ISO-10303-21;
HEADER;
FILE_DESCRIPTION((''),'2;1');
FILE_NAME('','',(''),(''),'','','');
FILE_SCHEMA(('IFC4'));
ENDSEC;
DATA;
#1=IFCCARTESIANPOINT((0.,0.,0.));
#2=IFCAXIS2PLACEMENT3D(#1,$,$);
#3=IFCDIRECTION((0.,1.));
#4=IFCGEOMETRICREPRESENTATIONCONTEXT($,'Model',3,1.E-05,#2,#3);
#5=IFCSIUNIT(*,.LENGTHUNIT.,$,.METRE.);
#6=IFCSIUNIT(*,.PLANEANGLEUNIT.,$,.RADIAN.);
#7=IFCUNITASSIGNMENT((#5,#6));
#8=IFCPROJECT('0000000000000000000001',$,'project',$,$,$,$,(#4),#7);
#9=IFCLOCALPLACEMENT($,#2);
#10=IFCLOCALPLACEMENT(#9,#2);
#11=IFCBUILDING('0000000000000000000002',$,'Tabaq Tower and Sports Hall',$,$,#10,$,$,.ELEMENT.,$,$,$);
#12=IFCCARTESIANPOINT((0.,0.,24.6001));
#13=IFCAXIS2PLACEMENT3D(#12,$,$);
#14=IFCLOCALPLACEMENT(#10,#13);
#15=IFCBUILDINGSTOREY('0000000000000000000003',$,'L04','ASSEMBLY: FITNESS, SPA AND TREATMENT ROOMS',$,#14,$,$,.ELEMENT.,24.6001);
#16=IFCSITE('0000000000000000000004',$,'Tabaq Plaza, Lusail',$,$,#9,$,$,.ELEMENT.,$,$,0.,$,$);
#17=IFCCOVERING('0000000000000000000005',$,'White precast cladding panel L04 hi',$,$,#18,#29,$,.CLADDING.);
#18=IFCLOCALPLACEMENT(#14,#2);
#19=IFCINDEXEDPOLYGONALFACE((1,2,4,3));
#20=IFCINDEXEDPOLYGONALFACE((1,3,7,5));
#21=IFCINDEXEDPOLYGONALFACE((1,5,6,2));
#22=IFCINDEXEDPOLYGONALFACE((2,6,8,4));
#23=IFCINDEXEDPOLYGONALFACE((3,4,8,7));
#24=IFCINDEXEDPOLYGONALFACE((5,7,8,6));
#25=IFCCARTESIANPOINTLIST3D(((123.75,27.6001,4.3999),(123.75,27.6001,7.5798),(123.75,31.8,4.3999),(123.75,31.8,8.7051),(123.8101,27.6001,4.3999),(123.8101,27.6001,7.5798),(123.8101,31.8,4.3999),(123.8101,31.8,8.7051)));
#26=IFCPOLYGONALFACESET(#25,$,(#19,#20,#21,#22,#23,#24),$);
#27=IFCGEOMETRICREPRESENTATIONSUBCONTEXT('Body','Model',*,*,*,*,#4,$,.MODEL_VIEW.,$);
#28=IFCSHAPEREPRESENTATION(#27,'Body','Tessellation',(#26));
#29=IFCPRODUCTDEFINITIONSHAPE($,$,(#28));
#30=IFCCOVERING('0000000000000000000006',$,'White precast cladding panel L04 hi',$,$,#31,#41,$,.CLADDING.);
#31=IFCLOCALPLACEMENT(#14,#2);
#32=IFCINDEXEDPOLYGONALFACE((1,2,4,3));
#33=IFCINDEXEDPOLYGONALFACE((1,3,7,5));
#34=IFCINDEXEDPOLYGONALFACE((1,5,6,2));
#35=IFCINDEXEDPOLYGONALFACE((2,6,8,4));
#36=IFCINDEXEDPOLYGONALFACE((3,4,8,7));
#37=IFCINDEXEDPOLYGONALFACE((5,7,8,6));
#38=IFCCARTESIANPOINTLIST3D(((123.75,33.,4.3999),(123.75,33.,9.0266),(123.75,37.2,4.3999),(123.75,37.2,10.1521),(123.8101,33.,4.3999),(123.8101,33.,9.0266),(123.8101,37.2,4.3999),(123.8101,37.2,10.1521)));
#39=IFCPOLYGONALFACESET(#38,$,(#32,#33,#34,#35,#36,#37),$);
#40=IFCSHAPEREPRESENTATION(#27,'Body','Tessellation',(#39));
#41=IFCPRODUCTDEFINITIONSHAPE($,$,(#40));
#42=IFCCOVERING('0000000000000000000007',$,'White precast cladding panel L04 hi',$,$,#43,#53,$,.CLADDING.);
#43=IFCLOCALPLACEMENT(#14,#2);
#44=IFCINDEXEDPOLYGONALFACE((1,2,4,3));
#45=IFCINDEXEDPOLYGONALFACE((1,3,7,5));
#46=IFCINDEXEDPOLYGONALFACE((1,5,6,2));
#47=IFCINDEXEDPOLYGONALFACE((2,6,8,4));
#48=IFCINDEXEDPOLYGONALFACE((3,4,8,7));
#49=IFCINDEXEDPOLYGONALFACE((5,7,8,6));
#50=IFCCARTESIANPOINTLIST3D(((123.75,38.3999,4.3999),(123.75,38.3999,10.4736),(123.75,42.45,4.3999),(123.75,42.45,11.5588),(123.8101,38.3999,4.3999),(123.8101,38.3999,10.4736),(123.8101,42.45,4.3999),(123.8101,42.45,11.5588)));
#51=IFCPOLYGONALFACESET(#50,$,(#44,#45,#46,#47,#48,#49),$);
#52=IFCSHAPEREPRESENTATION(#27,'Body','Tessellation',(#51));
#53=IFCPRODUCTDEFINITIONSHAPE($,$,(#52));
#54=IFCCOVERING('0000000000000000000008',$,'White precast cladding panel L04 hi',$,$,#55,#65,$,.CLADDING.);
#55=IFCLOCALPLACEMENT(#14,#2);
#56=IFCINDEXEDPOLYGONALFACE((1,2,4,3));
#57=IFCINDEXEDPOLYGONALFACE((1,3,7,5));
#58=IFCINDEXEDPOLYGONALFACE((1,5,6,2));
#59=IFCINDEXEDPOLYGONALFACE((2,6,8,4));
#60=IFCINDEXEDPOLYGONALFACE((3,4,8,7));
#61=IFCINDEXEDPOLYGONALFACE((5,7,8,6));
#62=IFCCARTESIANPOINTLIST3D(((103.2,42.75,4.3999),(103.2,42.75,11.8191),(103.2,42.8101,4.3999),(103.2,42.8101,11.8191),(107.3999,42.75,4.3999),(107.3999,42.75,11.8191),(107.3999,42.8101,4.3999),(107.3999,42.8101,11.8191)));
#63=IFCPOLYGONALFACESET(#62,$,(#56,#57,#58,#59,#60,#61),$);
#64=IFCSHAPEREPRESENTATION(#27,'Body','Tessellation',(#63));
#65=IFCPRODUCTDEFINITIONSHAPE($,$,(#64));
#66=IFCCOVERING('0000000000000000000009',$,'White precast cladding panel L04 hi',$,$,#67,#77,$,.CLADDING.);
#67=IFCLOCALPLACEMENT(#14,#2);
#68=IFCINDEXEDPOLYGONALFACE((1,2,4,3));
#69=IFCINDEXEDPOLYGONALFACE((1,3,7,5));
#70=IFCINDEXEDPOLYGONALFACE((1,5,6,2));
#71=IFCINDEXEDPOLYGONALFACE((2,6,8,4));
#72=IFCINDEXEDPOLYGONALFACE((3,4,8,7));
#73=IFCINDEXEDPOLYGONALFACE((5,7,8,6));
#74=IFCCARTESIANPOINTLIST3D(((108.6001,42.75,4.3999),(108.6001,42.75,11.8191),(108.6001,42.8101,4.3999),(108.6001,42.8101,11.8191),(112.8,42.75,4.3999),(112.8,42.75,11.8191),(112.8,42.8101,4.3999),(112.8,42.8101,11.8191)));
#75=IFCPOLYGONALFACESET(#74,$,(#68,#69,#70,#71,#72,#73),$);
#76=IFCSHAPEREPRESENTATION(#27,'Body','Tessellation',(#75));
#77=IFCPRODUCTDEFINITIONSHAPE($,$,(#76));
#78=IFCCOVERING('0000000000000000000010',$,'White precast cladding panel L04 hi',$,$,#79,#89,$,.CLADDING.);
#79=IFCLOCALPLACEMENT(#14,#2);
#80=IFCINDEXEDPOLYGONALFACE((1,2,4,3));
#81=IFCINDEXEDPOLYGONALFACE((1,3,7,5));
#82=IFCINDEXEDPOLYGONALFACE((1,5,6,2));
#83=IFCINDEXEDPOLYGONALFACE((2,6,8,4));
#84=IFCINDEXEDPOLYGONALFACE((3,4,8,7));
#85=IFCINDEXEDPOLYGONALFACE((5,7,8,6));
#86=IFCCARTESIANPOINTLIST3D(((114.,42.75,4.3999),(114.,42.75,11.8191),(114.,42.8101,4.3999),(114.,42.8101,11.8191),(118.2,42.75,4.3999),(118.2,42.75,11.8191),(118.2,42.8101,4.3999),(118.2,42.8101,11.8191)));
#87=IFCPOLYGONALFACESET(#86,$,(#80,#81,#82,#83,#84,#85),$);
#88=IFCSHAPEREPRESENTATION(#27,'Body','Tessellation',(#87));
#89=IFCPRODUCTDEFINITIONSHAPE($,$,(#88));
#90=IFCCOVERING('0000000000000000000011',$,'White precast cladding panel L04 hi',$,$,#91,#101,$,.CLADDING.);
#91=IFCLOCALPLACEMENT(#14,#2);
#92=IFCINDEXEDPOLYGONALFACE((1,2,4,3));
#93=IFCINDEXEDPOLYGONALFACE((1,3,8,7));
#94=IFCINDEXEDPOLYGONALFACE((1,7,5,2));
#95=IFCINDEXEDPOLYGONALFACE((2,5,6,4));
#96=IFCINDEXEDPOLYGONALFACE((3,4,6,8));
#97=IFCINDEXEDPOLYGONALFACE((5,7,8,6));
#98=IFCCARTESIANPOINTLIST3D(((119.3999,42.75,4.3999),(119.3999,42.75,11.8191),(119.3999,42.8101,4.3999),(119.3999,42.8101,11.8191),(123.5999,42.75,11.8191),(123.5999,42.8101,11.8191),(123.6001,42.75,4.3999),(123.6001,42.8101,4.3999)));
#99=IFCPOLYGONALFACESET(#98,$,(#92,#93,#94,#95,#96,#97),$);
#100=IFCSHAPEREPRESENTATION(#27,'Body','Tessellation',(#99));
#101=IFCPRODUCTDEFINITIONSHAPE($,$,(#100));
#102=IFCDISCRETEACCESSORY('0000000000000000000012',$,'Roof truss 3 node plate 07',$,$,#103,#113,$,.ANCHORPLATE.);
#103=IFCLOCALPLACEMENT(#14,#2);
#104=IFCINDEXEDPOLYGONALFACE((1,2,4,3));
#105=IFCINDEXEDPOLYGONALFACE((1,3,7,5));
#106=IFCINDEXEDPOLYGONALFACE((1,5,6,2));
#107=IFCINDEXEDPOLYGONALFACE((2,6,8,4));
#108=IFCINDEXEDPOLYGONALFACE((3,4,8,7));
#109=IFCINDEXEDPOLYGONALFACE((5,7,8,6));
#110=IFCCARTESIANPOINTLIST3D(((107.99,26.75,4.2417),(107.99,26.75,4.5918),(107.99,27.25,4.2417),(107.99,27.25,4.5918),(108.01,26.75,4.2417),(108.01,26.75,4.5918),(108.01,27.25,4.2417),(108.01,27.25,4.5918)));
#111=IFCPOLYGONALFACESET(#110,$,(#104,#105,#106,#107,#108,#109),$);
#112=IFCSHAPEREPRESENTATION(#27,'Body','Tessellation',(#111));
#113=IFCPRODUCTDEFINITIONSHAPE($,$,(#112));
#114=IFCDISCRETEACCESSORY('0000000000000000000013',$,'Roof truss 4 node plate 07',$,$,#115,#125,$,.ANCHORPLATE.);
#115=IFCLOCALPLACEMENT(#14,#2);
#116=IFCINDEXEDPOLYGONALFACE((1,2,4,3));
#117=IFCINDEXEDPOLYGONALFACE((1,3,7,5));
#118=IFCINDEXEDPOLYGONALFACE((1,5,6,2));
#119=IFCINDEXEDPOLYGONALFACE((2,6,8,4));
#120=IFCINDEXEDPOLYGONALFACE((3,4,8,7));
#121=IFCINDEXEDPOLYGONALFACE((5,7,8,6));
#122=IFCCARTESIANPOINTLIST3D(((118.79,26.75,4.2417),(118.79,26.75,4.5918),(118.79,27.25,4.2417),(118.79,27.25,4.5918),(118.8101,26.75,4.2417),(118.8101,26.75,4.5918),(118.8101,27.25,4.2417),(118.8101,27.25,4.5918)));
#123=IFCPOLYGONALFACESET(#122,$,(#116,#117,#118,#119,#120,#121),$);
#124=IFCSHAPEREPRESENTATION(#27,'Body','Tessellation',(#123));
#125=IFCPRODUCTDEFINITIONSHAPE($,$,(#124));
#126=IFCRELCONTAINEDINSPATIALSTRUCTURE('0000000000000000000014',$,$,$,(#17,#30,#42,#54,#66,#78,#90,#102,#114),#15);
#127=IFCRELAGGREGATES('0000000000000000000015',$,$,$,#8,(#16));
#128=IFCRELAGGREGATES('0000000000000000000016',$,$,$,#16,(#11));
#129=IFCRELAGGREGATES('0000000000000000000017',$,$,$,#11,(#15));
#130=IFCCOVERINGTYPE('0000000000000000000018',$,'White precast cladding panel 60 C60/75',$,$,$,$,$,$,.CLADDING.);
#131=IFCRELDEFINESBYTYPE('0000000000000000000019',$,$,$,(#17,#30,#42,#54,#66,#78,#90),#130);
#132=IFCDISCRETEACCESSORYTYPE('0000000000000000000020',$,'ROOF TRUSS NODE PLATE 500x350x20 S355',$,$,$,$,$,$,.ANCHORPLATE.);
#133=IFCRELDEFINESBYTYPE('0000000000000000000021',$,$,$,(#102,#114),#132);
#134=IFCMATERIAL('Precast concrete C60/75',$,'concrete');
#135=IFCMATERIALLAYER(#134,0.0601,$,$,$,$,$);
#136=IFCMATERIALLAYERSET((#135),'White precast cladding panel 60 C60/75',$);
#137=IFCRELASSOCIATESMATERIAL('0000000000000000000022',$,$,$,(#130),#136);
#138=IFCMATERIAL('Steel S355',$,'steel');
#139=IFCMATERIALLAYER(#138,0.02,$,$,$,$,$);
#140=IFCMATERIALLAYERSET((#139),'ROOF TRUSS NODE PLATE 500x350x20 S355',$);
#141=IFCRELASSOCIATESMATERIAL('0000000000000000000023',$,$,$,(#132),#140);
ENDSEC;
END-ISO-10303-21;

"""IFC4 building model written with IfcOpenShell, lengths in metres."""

from ifc_helpers import new_model, si_unit, direction, frame, origin, origin_2d, place, context, subcontext, project, spatial, polyline, rectangle, outline, extrude, material, layer, layer_set, type_object, element, save


model = new_model("IFC4")

# Units and contexts
model_context = context("Model", 3, precision=1e-05, world=origin(), true_north=direction((0.0, 1.0)))
body_context = subcontext(model_context, "Body", "Model", "MODEL_VIEW")
ifc_project = project(units=[si_unit("LENGTHUNIT", "METRE"), si_unit("PLANEANGLEUNIT", "RADIAN")], contexts=[model_context])

# Site, building, storey
site_placement = place(None, origin())
site = spatial("IfcSite", under=ifc_project, at=site_placement, Name="Tabaq Plaza, Lusail", CompositionType="ELEMENT", RefElevation=0.0)
building_placement = place(site_placement, origin())
building = spatial("IfcBuilding", under=site, at=building_placement, Name="Tabaq Tower and Sports Hall", CompositionType="ELEMENT")
storey_placement = place(building_placement, frame((0.0, 0.0, 24.6001)))
storey = spatial("IfcBuildingStorey", under=building, at=storey_placement, Name="L04", Description="ASSEMBLY: FITNESS, SPA AND TREATMENT ROOMS", CompositionType="ELEMENT", Elevation=24.6001)

# Coverings
ifc_material_1 = material(Name="Precast concrete C60/75", Category="concrete")
ifc_layer_1 = layer(ifc_material_1, 0.0601)
ifc_layer_set_1 = layer_set([ifc_layer_1], Name="White precast cladding panel 60 C60/75")
covering_type = type_object("IfcCoveringType", Name="White precast cladding panel 60 C60/75", PredefinedType="CLADDING", material=ifc_layer_set_1)
covering_1_placement = place(storey_placement, frame((123.78, 27.6001, 4.3999), z_axis=(0.0, 0.0, 1.0), x_axis=(0.0, 1.0, 0.0)))
element("IfcCovering", 1, at=covering_1_placement, inside=storey, type_object=covering_type, Name="White precast cladding panel L04 hi", PredefinedType="CLADDING", context=body_context, shape_type="SweptSolid", body=[
    extrude(outline(polyline([(0.0, 0.0), (4.2, 0.0), (4.2, 4.3052), (0.0, 3.1799), (0.0, 0.0)])), frame((0.0, 0.03, 0.0), z_axis=(0.0, -1.0, 0.0), x_axis=(1.0, 0.0, 0.0)), (0.0, 0.0, 1.0), 0.0601),
])
covering_2_placement = place(storey_placement, frame((123.78, 33.0, 4.3999), z_axis=(0.0, 0.0, 1.0), x_axis=(0.0, 1.0, 0.0)))
element("IfcCovering", 2, at=covering_2_placement, inside=storey, type_object=covering_type, Name="White precast cladding panel L04 hi", PredefinedType="CLADDING", context=body_context, shape_type="SweptSolid", body=[
    extrude(outline(polyline([(0.0, 0.0), (4.2, 0.0), (4.2, 5.7522), (0.0, 4.6267), (0.0, 0.0)])), frame((0.0, 0.03, 0.0), z_axis=(0.0, -1.0, 0.0), x_axis=(1.0, 0.0, 0.0)), (0.0, 0.0, 1.0), 0.0601),
])
covering_3_placement = place(storey_placement, frame((123.78, 38.3999, 4.3999), z_axis=(0.0, 0.0, 1.0), x_axis=(0.0, 1.0, 0.0)))
element("IfcCovering", 3, at=covering_3_placement, inside=storey, type_object=covering_type, Name="White precast cladding panel L04 hi", PredefinedType="CLADDING", context=body_context, shape_type="SweptSolid", body=[
    extrude(outline(polyline([(0.0, 0.0), (4.05, 0.0), (4.05, 7.1589), (0.0, 6.0737), (0.0, 0.0)])), frame((0.0, 0.03, 0.0), z_axis=(0.0, -1.0, 0.0), x_axis=(1.0, 0.0, 0.0)), (0.0, 0.0, 1.0), 0.0601),
])
for number, where, z_axis, x_axis, name in (
    (4, (103.2, 42.78, 4.3999), (0.0, 0.0, 1.0), (1.0, 0.0, 0.0), "White precast cladding panel L04 hi"),
    (5, (108.6001, 42.78, 4.3999), (0.0, 0.0, 1.0), (1.0, 0.0, 0.0), "White precast cladding panel L04 hi"),
    (6, (114.0, 42.78, 4.3999), (0.0, 0.0, 1.0), (1.0, 0.0, 0.0), "White precast cladding panel L04 hi"),
):
    element("IfcCovering", number, at=place(storey_placement, frame(where, z_axis=z_axis, x_axis=x_axis)), inside=storey, type_object=covering_type, Name=name, PredefinedType="CLADDING", context=body_context, shape_type="SweptSolid", body=[
        extrude(outline(polyline([(0.0, 0.0), (4.2, 0.0), (4.2, 7.4192), (0.0, 7.4192), (0.0, 0.0)])), frame((0.0, 0.03, 0.0), z_axis=(0.0, -1.0, 0.0), x_axis=(1.0, 0.0, 0.0)), (0.0, 0.0, 1.0), 0.0601),
    ])
covering_4_placement = place(storey_placement, frame((119.3999, 42.78, 4.3999), z_axis=(0.0, 0.0, 1.0), x_axis=(1.0, 0.0, 0.0)))
element("IfcCovering", 7, at=covering_4_placement, inside=storey, type_object=covering_type, Name="White precast cladding panel L04 hi", PredefinedType="CLADDING", context=body_context, shape_type="SweptSolid", body=[
    extrude(outline(polyline([(0.0, 0.0), (4.2002, 0.0), (4.2, 7.4192), (0.0, 7.4192), (0.0, 0.0)])), frame((0.0, 0.03, 0.0), z_axis=(0.0, -1.0, 0.0), x_axis=(1.0, 0.0, 0.0)), (0.0, 0.0, 1.0), 0.0601),
])

# Discrete accessories
ifc_material_2 = material(Name="Steel S355", Category="steel")
ifc_layer_2 = layer(ifc_material_2, 0.02)
ifc_layer_set_2 = layer_set([ifc_layer_2], Name="ROOF TRUSS NODE PLATE 500x350x20 S355")
discrete_accessory_type = type_object("IfcDiscreteAccessoryType", Name="ROOF TRUSS NODE PLATE 500x350x20 S355", PredefinedType="ANCHORPLATE", material=ifc_layer_set_2)
for number, where, z_axis, x_axis, name in (
    (8, (108.0, 27.0, 4.2417), (0.0, 0.0, 1.0), (1.0, 0.0, 0.0), "Roof truss 3 node plate 07"),
    (9, (118.8, 27.0, 4.2417), (0.0, 0.0, 1.0), (1.0, 0.0, 0.0), "Roof truss 4 node plate 07"),
):
    element("IfcDiscreteAccessory", number, at=place(storey_placement, frame(where, z_axis=z_axis, x_axis=x_axis)), inside=storey, type_object=discrete_accessory_type, Name=name, PredefinedType="ANCHORPLATE", context=body_context, shape_type="SweptSolid", body=[
        extrude(rectangle(XDim=0.02, YDim=0.5, at=origin_2d()), origin(), (0.0, 0.0, 1.0), 0.3501),
    ])

save(model, "model.ifc")
